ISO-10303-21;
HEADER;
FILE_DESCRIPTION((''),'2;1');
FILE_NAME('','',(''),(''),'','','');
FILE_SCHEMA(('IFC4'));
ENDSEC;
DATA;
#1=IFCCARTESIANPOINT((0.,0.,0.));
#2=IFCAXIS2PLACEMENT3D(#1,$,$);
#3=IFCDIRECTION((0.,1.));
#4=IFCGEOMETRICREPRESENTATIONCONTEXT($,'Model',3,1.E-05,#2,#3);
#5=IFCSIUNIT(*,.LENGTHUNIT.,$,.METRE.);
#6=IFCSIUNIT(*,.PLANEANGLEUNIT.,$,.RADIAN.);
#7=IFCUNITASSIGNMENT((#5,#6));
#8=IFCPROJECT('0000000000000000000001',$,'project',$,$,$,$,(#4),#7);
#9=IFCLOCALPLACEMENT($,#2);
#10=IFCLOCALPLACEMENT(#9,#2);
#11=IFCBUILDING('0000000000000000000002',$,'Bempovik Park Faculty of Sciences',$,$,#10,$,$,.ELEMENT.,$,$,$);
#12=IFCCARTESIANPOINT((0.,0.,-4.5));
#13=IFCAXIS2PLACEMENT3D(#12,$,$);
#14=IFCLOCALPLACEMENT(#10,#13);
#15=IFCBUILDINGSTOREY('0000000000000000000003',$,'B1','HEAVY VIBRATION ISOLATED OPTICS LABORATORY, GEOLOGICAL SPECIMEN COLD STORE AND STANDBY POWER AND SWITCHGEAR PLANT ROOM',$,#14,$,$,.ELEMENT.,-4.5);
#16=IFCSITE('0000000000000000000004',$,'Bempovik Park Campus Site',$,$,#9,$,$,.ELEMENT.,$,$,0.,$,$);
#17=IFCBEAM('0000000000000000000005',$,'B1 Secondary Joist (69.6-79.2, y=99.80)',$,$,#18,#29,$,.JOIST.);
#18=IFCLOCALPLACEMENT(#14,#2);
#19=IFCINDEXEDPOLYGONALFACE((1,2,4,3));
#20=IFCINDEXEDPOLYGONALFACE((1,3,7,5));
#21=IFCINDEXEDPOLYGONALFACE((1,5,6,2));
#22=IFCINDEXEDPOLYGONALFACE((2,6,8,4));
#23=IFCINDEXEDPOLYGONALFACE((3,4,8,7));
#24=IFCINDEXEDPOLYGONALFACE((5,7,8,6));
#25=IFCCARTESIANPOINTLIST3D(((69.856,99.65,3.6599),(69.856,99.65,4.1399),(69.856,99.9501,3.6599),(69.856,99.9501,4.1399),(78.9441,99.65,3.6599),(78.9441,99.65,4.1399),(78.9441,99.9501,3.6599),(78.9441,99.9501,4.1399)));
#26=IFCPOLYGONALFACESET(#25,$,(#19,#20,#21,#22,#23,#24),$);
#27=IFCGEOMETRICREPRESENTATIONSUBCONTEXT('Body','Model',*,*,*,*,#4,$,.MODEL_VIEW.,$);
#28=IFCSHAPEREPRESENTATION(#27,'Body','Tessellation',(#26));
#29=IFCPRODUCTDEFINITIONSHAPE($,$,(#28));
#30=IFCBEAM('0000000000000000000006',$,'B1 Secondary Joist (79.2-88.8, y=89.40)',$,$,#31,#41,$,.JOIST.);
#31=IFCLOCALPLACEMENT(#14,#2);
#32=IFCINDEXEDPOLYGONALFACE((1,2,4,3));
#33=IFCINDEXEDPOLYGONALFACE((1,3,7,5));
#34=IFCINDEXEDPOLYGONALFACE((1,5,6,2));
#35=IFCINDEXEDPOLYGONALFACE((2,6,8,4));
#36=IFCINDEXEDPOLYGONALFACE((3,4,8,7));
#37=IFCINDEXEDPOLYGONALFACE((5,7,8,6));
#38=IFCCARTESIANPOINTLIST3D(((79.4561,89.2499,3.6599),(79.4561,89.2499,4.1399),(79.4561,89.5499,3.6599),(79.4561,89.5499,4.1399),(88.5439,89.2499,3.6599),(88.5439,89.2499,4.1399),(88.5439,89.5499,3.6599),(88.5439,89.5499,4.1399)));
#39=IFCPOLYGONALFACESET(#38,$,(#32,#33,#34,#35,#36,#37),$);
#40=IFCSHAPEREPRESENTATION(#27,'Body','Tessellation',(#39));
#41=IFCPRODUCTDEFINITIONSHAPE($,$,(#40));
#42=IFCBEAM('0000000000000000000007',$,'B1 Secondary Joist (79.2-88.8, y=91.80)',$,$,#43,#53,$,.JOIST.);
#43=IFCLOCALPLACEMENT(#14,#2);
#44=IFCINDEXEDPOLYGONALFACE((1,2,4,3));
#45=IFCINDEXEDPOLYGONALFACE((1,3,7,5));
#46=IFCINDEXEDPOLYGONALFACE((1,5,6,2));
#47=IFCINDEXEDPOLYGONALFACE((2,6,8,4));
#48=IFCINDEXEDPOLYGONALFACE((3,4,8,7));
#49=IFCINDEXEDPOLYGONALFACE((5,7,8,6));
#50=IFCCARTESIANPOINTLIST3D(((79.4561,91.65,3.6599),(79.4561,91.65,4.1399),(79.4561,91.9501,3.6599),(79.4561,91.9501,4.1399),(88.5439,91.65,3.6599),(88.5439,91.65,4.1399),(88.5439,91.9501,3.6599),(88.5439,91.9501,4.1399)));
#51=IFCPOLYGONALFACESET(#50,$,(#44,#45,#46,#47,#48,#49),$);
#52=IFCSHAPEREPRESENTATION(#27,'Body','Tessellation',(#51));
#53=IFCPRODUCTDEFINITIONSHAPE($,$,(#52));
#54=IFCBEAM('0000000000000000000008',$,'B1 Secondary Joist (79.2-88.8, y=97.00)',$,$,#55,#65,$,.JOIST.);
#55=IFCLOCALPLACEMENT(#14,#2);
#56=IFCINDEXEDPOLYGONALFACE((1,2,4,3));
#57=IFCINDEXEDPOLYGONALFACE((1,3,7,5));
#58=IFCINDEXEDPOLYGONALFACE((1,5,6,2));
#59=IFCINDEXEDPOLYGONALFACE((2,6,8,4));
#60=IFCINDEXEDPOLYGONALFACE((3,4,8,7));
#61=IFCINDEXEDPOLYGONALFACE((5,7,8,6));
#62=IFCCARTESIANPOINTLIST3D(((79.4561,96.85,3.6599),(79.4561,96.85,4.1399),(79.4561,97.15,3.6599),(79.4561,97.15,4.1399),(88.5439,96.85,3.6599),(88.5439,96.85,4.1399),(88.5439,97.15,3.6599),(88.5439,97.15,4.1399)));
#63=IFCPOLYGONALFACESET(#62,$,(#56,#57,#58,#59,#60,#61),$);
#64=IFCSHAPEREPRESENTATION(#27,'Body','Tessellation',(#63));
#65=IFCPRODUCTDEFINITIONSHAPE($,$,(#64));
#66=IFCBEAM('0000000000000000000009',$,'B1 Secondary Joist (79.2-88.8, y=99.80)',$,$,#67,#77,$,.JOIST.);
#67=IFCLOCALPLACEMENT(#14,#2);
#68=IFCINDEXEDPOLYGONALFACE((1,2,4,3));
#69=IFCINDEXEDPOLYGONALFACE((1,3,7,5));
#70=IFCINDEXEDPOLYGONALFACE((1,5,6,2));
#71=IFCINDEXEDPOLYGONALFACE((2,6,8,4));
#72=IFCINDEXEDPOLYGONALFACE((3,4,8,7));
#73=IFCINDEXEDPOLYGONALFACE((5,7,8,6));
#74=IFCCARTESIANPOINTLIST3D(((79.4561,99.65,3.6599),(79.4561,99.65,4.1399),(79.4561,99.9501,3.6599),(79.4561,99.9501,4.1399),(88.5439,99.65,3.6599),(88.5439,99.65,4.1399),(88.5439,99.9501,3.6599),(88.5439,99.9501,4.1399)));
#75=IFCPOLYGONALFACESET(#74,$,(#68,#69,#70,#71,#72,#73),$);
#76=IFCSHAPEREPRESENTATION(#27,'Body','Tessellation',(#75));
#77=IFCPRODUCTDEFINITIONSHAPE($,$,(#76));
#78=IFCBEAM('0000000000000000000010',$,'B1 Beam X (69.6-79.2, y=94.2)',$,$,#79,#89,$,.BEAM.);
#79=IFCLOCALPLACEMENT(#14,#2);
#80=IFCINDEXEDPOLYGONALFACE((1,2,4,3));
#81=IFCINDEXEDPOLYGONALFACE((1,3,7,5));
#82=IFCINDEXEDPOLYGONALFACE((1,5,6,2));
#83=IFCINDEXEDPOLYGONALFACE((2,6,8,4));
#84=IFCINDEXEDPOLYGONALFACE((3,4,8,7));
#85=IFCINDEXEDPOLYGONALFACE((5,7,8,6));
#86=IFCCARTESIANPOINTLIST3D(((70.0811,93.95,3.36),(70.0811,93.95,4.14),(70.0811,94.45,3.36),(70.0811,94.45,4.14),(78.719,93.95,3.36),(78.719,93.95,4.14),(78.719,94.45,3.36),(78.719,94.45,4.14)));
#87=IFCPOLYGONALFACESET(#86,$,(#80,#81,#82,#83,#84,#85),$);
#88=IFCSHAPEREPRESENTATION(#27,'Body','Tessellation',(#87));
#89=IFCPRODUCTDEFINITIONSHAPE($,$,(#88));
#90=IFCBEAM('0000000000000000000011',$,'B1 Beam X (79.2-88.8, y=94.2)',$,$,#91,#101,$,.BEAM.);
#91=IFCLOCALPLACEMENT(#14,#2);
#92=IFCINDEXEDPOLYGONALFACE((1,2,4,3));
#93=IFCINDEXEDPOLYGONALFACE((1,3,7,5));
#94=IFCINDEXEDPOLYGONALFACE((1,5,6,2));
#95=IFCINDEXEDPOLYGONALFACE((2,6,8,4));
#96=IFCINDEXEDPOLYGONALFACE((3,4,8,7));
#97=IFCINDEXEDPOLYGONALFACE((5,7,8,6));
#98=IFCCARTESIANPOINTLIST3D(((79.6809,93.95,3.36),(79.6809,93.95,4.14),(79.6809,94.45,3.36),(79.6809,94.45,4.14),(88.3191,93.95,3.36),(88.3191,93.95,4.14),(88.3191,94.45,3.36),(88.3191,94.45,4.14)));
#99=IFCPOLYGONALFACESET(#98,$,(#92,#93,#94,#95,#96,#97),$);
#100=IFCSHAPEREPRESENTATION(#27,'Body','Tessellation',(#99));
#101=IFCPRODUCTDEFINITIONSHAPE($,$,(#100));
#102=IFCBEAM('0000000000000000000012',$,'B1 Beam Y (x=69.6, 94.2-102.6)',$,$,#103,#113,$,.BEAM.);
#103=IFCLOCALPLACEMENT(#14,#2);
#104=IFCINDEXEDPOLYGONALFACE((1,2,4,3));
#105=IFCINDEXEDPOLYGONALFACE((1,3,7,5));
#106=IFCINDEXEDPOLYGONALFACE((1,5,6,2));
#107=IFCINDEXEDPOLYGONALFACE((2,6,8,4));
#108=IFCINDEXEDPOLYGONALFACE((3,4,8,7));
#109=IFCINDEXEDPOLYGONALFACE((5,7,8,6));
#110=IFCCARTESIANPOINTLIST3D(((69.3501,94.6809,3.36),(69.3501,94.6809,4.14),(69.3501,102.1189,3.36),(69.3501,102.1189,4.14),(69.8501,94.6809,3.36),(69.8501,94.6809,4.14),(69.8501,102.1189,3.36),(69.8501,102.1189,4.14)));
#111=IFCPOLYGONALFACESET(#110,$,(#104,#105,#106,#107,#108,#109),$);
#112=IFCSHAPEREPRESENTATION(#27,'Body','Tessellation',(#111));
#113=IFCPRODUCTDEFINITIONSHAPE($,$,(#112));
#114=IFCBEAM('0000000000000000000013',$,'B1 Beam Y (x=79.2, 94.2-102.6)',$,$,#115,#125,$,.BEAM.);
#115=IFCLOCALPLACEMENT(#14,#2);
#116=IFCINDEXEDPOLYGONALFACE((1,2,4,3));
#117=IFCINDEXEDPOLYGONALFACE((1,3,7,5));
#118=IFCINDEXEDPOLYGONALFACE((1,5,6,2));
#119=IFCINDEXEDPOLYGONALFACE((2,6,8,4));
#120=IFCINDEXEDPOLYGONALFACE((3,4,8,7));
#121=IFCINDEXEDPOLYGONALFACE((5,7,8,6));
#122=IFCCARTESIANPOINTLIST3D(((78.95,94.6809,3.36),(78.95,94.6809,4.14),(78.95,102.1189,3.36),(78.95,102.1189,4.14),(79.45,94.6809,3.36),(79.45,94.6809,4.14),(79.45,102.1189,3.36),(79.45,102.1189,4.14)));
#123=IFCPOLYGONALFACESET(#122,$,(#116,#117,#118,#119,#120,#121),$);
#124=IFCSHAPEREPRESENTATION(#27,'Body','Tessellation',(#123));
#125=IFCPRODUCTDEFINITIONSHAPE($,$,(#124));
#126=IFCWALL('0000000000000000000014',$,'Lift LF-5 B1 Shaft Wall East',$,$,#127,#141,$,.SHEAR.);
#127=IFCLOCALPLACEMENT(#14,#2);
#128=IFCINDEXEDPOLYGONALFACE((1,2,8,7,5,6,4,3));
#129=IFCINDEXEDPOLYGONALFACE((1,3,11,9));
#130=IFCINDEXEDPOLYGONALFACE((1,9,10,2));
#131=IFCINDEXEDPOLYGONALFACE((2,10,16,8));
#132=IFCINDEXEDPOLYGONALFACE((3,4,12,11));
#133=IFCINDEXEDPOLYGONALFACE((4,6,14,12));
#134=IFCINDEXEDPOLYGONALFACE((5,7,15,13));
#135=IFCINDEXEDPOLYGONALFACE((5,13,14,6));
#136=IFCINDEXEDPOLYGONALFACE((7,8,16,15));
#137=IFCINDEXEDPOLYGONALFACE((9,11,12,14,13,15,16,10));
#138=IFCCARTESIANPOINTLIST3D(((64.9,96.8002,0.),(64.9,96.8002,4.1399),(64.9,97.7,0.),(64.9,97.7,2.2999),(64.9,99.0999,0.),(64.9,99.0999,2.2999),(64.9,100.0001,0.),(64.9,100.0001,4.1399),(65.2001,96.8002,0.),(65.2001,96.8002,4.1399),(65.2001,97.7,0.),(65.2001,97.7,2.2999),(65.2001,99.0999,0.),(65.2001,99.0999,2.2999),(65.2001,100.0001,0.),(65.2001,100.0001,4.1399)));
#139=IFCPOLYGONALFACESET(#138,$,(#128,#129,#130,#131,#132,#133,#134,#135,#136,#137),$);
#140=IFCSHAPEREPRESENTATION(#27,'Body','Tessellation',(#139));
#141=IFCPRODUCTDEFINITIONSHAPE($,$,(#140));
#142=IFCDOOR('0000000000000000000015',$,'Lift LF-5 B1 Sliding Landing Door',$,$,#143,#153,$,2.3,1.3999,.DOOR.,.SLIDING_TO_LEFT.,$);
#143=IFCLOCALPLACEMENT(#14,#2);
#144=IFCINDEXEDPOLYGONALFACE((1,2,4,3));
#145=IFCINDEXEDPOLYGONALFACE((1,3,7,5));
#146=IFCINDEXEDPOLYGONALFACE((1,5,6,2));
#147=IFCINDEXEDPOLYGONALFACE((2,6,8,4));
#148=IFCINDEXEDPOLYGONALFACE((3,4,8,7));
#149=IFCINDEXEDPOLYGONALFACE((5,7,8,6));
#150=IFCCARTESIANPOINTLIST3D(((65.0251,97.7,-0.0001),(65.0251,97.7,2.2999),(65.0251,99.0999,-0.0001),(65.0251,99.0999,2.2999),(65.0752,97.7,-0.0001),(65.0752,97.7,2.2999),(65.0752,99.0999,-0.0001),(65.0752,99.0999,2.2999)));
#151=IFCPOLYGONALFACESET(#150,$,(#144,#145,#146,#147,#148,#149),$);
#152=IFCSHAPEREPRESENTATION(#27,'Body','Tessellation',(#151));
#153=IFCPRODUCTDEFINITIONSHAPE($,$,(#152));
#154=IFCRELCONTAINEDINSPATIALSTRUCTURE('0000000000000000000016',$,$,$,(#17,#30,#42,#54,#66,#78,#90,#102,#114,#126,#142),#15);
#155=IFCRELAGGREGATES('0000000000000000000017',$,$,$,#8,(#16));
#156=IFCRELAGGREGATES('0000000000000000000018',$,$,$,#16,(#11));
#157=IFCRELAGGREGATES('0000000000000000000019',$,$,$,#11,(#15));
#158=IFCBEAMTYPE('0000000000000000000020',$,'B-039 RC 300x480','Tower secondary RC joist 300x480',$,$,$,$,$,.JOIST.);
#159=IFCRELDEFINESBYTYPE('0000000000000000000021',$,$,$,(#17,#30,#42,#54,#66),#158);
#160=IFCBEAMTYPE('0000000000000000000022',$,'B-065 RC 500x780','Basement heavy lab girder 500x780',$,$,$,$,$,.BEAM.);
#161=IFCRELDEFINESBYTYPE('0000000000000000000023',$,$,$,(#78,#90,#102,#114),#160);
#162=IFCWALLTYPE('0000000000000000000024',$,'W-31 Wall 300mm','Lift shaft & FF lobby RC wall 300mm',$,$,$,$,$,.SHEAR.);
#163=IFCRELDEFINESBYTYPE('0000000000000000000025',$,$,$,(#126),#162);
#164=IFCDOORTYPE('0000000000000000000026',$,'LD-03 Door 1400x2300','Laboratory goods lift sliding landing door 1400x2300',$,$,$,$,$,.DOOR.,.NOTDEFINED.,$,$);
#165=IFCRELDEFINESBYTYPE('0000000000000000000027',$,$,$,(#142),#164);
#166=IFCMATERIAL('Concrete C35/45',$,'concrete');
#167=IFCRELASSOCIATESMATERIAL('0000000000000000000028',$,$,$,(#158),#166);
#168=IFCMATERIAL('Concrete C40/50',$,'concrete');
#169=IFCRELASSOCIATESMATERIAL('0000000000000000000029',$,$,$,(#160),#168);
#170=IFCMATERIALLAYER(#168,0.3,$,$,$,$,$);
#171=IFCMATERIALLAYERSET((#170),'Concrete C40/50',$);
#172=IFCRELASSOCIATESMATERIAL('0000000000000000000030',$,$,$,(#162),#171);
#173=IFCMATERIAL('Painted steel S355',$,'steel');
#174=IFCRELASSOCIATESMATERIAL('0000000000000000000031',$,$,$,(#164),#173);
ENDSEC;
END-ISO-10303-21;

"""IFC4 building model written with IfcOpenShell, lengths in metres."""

from ifc_helpers import new_model, si_unit, direction, frame, frame_2d, origin, origin_2d, place, context, subcontext, project, spatial, rectangle, extrude, material, layer, layer_set, material_profile, profile_set, type_object, element, fill, save


model = new_model("IFC4")

# Units and contexts
model_context = context("Model", 3, precision=1e-05, world=origin(), true_north=direction((0.0, 1.0)))
body_context = subcontext(model_context, "Body", "Model", "MODEL_VIEW")
ifc_project = project(units=[si_unit("LENGTHUNIT", "METRE"), si_unit("PLANEANGLEUNIT", "RADIAN")], contexts=[model_context])

# Site, building, storey
site_placement = place(None, origin())
site = spatial("IfcSite", under=ifc_project, at=site_placement, Name="Bempovik Park Campus Site", CompositionType="ELEMENT", RefElevation=0.0)
building_placement = place(site_placement, origin())
building = spatial("IfcBuilding", under=site, at=building_placement, Name="Bempovik Park Faculty of Sciences", CompositionType="ELEMENT")
storey_placement = place(building_placement, frame((0.0, 0.0, -4.5)))
storey = spatial("IfcBuildingStorey", under=building, at=storey_placement, Name="B1", Description="HEAVY VIBRATION ISOLATED OPTICS LABORATORY, GEOLOGICAL SPECIMEN COLD STORE AND STANDBY POWER AND SWITCHGEAR PLANT ROOM", CompositionType="ELEMENT", Elevation=-4.5)

# Shared definitions
ifc_material_1 = material(Name="Concrete C35/45", Category="concrete")

# Shared definitions
ifc_material_2 = material(Name="Concrete C40/50", Category="concrete")

# Beams
ifc_material_profile_1 = material_profile(ifc_material_1, rectangle(XDim=0.3, YDim=0.48, at=origin_2d()), Name="RC 300x480")
ifc_profile_set_1 = profile_set([ifc_material_profile_1], Name="Concrete C35/45")
beam_type_1 = type_object("IfcBeamType", Name="B-039 RC 300x480", Description="Tower secondary RC joist 300x480", PredefinedType="JOIST", material=ifc_profile_set_1)
for number, where, z_axis, x_axis, name in (
    (1, (69.856, 99.8, 3.8999), (1.0, 0.0, 0.0), (0.0, 1.0, 0.0), "B1 Secondary Joist (69.6-79.2, y=99.80)"),
):
    element("IfcBeam", number, at=place(storey_placement, frame(where, z_axis=z_axis, x_axis=x_axis)), inside=storey, type_object=beam_type_1, Name=name, PredefinedType="JOIST", context=body_context, shape_type="SweptSolid", body=[
        extrude(rectangle(XDim=0.3, YDim=0.48, at=origin_2d()), origin(), (0.0, 0.0, 1.0), 9.0881),
    ])
for number, where, z_axis, x_axis, name in (
    (2, (79.4561, 89.3999, 3.8999), (1.0, 0.0, 0.0), (0.0, 1.0, 0.0), "B1 Secondary Joist (79.2-88.8, y=89.40)"),
    (3, (79.4561, 91.8, 3.8999), (1.0, 0.0, 0.0), (0.0, 1.0, 0.0), "B1 Secondary Joist (79.2-88.8, y=91.80)"),
    (4, (79.4561, 97.0, 3.8999), (1.0, 0.0, 0.0), (0.0, 1.0, 0.0), "B1 Secondary Joist (79.2-88.8, y=97.00)"),
    (5, (79.4561, 99.8, 3.8999), (1.0, 0.0, 0.0), (0.0, 1.0, 0.0), "B1 Secondary Joist (79.2-88.8, y=99.80)"),
):
    element("IfcBeam", number, at=place(storey_placement, frame(where, z_axis=z_axis, x_axis=x_axis)), inside=storey, type_object=beam_type_1, Name=name, PredefinedType="JOIST", context=body_context, shape_type="SweptSolid", body=[
        extrude(rectangle(XDim=0.3, YDim=0.48, at=origin_2d()), origin(), (0.0, 0.0, 1.0), 9.0879),
    ])
ifc_material_profile_2 = material_profile(ifc_material_2, rectangle(XDim=0.5, YDim=0.78, at=origin_2d()), Name="RC 500x780")
ifc_profile_set_2 = profile_set([ifc_material_profile_2], Name="Concrete C40/50")
beam_type_2 = type_object("IfcBeamType", Name="B-065 RC 500x780", Description="Basement heavy lab girder 500x780", PredefinedType="BEAM", material=ifc_profile_set_2)
beam_1_placement = place(storey_placement, frame((70.0811, 94.2, 3.75), z_axis=(1.0, 0.0, 0.0), x_axis=(0.0, 1.0, 0.0)))
element("IfcBeam", 6, at=beam_1_placement, inside=storey, type_object=beam_type_2, Name="B1 Beam X (69.6-79.2, y=94.2)", PredefinedType="BEAM", context=body_context, shape_type="SweptSolid", body=[
    extrude(rectangle(XDim=0.5, YDim=0.78, at=origin_2d()), origin(), (0.0, 0.0, 1.0), 8.6379),
])
beam_2_placement = place(storey_placement, frame((79.6809, 94.2, 3.75), z_axis=(1.0, 0.0, 0.0), x_axis=(0.0, 1.0, 0.0)))
element("IfcBeam", 7, at=beam_2_placement, inside=storey, type_object=beam_type_2, Name="B1 Beam X (79.2-88.8, y=94.2)", PredefinedType="BEAM", context=body_context, shape_type="SweptSolid", body=[
    extrude(rectangle(XDim=0.5, YDim=0.78, at=origin_2d()), origin(), (0.0, 0.0, 1.0), 8.6382),
])
for number, where, z_axis, x_axis, name in (
    (8, (69.6001, 94.6809, 3.75), (0.0, 1.0, 0.0), (-1.0, 0.0, 0.0), "B1 Beam Y (x=69.6, 94.2-102.6)"),
    (9, (79.2, 94.6809, 3.75), (0.0, 1.0, 0.0), (-1.0, 0.0, 0.0), "B1 Beam Y (x=79.2, 94.2-102.6)"),
):
    element("IfcBeam", number, at=place(storey_placement, frame(where, z_axis=z_axis, x_axis=x_axis)), inside=storey, type_object=beam_type_2, Name=name, PredefinedType="BEAM", context=body_context, shape_type="SweptSolid", body=[
        extrude(rectangle(XDim=0.5, YDim=0.78, at=origin_2d()), origin(), (0.0, 0.0, 1.0), 7.438),
    ])

# Wall, opening, door
ifc_layer = layer(ifc_material_2, 0.3)
ifc_layer_set = layer_set([ifc_layer], Name="Concrete C40/50")
wall_type = type_object("IfcWallType", Name="W-31 Wall 300mm", Description="Lift shaft & FF lobby RC wall 300mm", PredefinedType="SHEAR", material=ifc_layer_set)
wall_placement = place(storey_placement, frame((65.05, 96.8, 0.0), z_axis=(0.0, 0.0, 1.0), x_axis=(0.0, 1.0, 0.0)))
wall = element("IfcWall", 10, at=wall_placement, inside=storey, type_object=wall_type, Name="Lift LF-5 B1 Shaft Wall East", PredefinedType="SHEAR", context=body_context, shape_type="SweptSolid", body=[
    extrude(rectangle(XDim=3.2, YDim=0.3, at=frame_2d((1.6001, 0.0))), origin(), (0.0, 0.0, 1.0), 4.1399),
])
opening_placement = place(wall_placement, frame((0.8999, 0.0, 0.0)))
opening = element("IfcOpeningElement", 11, at=opening_placement, cuts=wall, PredefinedType="OPENING", context=body_context, shape_type="SweptSolid", body=[
    extrude(rectangle(XDim=1.3999, YDim=2.3, at=frame_2d((0.7, 1.1499))), frame((0.0, 0.1602, 0.0), z_axis=(0.0, -1.0, 0.0), x_axis=(1.0, 0.0, 0.0)), (0.0, 0.0, 1.0), 0.3201),
])
ifc_material_3 = material(Name="Painted steel S355", Category="steel")
door_type = type_object("IfcDoorType", Name="LD-03 Door 1400x2300", Description="Laboratory goods lift sliding landing door 1400x2300", OperationType="NOTDEFINED", PredefinedType="DOOR", material=ifc_material_3)
door_placement = place(opening_placement, origin())
door = element("IfcDoor", 12, at=door_placement, inside=storey, type_object=door_type, Name="Lift LF-5 B1 Sliding Landing Door", OperationType="SLIDING_TO_LEFT", OverallHeight=2.3, OverallWidth=1.3999, PredefinedType="DOOR", context=body_context, shape_type="SweptSolid", body=[
    extrude(rectangle(XDim=1.3999, YDim=2.3, at=frame_2d((0.7, 1.1499))), frame((0.0, 0.0249, 0.0), z_axis=(0.0, -1.0, 0.0), x_axis=(1.0, 0.0, 0.0)), (0.0, 0.0, 1.0), 0.05),
])
fill(opening, door)

save(model, "model.ifc")
